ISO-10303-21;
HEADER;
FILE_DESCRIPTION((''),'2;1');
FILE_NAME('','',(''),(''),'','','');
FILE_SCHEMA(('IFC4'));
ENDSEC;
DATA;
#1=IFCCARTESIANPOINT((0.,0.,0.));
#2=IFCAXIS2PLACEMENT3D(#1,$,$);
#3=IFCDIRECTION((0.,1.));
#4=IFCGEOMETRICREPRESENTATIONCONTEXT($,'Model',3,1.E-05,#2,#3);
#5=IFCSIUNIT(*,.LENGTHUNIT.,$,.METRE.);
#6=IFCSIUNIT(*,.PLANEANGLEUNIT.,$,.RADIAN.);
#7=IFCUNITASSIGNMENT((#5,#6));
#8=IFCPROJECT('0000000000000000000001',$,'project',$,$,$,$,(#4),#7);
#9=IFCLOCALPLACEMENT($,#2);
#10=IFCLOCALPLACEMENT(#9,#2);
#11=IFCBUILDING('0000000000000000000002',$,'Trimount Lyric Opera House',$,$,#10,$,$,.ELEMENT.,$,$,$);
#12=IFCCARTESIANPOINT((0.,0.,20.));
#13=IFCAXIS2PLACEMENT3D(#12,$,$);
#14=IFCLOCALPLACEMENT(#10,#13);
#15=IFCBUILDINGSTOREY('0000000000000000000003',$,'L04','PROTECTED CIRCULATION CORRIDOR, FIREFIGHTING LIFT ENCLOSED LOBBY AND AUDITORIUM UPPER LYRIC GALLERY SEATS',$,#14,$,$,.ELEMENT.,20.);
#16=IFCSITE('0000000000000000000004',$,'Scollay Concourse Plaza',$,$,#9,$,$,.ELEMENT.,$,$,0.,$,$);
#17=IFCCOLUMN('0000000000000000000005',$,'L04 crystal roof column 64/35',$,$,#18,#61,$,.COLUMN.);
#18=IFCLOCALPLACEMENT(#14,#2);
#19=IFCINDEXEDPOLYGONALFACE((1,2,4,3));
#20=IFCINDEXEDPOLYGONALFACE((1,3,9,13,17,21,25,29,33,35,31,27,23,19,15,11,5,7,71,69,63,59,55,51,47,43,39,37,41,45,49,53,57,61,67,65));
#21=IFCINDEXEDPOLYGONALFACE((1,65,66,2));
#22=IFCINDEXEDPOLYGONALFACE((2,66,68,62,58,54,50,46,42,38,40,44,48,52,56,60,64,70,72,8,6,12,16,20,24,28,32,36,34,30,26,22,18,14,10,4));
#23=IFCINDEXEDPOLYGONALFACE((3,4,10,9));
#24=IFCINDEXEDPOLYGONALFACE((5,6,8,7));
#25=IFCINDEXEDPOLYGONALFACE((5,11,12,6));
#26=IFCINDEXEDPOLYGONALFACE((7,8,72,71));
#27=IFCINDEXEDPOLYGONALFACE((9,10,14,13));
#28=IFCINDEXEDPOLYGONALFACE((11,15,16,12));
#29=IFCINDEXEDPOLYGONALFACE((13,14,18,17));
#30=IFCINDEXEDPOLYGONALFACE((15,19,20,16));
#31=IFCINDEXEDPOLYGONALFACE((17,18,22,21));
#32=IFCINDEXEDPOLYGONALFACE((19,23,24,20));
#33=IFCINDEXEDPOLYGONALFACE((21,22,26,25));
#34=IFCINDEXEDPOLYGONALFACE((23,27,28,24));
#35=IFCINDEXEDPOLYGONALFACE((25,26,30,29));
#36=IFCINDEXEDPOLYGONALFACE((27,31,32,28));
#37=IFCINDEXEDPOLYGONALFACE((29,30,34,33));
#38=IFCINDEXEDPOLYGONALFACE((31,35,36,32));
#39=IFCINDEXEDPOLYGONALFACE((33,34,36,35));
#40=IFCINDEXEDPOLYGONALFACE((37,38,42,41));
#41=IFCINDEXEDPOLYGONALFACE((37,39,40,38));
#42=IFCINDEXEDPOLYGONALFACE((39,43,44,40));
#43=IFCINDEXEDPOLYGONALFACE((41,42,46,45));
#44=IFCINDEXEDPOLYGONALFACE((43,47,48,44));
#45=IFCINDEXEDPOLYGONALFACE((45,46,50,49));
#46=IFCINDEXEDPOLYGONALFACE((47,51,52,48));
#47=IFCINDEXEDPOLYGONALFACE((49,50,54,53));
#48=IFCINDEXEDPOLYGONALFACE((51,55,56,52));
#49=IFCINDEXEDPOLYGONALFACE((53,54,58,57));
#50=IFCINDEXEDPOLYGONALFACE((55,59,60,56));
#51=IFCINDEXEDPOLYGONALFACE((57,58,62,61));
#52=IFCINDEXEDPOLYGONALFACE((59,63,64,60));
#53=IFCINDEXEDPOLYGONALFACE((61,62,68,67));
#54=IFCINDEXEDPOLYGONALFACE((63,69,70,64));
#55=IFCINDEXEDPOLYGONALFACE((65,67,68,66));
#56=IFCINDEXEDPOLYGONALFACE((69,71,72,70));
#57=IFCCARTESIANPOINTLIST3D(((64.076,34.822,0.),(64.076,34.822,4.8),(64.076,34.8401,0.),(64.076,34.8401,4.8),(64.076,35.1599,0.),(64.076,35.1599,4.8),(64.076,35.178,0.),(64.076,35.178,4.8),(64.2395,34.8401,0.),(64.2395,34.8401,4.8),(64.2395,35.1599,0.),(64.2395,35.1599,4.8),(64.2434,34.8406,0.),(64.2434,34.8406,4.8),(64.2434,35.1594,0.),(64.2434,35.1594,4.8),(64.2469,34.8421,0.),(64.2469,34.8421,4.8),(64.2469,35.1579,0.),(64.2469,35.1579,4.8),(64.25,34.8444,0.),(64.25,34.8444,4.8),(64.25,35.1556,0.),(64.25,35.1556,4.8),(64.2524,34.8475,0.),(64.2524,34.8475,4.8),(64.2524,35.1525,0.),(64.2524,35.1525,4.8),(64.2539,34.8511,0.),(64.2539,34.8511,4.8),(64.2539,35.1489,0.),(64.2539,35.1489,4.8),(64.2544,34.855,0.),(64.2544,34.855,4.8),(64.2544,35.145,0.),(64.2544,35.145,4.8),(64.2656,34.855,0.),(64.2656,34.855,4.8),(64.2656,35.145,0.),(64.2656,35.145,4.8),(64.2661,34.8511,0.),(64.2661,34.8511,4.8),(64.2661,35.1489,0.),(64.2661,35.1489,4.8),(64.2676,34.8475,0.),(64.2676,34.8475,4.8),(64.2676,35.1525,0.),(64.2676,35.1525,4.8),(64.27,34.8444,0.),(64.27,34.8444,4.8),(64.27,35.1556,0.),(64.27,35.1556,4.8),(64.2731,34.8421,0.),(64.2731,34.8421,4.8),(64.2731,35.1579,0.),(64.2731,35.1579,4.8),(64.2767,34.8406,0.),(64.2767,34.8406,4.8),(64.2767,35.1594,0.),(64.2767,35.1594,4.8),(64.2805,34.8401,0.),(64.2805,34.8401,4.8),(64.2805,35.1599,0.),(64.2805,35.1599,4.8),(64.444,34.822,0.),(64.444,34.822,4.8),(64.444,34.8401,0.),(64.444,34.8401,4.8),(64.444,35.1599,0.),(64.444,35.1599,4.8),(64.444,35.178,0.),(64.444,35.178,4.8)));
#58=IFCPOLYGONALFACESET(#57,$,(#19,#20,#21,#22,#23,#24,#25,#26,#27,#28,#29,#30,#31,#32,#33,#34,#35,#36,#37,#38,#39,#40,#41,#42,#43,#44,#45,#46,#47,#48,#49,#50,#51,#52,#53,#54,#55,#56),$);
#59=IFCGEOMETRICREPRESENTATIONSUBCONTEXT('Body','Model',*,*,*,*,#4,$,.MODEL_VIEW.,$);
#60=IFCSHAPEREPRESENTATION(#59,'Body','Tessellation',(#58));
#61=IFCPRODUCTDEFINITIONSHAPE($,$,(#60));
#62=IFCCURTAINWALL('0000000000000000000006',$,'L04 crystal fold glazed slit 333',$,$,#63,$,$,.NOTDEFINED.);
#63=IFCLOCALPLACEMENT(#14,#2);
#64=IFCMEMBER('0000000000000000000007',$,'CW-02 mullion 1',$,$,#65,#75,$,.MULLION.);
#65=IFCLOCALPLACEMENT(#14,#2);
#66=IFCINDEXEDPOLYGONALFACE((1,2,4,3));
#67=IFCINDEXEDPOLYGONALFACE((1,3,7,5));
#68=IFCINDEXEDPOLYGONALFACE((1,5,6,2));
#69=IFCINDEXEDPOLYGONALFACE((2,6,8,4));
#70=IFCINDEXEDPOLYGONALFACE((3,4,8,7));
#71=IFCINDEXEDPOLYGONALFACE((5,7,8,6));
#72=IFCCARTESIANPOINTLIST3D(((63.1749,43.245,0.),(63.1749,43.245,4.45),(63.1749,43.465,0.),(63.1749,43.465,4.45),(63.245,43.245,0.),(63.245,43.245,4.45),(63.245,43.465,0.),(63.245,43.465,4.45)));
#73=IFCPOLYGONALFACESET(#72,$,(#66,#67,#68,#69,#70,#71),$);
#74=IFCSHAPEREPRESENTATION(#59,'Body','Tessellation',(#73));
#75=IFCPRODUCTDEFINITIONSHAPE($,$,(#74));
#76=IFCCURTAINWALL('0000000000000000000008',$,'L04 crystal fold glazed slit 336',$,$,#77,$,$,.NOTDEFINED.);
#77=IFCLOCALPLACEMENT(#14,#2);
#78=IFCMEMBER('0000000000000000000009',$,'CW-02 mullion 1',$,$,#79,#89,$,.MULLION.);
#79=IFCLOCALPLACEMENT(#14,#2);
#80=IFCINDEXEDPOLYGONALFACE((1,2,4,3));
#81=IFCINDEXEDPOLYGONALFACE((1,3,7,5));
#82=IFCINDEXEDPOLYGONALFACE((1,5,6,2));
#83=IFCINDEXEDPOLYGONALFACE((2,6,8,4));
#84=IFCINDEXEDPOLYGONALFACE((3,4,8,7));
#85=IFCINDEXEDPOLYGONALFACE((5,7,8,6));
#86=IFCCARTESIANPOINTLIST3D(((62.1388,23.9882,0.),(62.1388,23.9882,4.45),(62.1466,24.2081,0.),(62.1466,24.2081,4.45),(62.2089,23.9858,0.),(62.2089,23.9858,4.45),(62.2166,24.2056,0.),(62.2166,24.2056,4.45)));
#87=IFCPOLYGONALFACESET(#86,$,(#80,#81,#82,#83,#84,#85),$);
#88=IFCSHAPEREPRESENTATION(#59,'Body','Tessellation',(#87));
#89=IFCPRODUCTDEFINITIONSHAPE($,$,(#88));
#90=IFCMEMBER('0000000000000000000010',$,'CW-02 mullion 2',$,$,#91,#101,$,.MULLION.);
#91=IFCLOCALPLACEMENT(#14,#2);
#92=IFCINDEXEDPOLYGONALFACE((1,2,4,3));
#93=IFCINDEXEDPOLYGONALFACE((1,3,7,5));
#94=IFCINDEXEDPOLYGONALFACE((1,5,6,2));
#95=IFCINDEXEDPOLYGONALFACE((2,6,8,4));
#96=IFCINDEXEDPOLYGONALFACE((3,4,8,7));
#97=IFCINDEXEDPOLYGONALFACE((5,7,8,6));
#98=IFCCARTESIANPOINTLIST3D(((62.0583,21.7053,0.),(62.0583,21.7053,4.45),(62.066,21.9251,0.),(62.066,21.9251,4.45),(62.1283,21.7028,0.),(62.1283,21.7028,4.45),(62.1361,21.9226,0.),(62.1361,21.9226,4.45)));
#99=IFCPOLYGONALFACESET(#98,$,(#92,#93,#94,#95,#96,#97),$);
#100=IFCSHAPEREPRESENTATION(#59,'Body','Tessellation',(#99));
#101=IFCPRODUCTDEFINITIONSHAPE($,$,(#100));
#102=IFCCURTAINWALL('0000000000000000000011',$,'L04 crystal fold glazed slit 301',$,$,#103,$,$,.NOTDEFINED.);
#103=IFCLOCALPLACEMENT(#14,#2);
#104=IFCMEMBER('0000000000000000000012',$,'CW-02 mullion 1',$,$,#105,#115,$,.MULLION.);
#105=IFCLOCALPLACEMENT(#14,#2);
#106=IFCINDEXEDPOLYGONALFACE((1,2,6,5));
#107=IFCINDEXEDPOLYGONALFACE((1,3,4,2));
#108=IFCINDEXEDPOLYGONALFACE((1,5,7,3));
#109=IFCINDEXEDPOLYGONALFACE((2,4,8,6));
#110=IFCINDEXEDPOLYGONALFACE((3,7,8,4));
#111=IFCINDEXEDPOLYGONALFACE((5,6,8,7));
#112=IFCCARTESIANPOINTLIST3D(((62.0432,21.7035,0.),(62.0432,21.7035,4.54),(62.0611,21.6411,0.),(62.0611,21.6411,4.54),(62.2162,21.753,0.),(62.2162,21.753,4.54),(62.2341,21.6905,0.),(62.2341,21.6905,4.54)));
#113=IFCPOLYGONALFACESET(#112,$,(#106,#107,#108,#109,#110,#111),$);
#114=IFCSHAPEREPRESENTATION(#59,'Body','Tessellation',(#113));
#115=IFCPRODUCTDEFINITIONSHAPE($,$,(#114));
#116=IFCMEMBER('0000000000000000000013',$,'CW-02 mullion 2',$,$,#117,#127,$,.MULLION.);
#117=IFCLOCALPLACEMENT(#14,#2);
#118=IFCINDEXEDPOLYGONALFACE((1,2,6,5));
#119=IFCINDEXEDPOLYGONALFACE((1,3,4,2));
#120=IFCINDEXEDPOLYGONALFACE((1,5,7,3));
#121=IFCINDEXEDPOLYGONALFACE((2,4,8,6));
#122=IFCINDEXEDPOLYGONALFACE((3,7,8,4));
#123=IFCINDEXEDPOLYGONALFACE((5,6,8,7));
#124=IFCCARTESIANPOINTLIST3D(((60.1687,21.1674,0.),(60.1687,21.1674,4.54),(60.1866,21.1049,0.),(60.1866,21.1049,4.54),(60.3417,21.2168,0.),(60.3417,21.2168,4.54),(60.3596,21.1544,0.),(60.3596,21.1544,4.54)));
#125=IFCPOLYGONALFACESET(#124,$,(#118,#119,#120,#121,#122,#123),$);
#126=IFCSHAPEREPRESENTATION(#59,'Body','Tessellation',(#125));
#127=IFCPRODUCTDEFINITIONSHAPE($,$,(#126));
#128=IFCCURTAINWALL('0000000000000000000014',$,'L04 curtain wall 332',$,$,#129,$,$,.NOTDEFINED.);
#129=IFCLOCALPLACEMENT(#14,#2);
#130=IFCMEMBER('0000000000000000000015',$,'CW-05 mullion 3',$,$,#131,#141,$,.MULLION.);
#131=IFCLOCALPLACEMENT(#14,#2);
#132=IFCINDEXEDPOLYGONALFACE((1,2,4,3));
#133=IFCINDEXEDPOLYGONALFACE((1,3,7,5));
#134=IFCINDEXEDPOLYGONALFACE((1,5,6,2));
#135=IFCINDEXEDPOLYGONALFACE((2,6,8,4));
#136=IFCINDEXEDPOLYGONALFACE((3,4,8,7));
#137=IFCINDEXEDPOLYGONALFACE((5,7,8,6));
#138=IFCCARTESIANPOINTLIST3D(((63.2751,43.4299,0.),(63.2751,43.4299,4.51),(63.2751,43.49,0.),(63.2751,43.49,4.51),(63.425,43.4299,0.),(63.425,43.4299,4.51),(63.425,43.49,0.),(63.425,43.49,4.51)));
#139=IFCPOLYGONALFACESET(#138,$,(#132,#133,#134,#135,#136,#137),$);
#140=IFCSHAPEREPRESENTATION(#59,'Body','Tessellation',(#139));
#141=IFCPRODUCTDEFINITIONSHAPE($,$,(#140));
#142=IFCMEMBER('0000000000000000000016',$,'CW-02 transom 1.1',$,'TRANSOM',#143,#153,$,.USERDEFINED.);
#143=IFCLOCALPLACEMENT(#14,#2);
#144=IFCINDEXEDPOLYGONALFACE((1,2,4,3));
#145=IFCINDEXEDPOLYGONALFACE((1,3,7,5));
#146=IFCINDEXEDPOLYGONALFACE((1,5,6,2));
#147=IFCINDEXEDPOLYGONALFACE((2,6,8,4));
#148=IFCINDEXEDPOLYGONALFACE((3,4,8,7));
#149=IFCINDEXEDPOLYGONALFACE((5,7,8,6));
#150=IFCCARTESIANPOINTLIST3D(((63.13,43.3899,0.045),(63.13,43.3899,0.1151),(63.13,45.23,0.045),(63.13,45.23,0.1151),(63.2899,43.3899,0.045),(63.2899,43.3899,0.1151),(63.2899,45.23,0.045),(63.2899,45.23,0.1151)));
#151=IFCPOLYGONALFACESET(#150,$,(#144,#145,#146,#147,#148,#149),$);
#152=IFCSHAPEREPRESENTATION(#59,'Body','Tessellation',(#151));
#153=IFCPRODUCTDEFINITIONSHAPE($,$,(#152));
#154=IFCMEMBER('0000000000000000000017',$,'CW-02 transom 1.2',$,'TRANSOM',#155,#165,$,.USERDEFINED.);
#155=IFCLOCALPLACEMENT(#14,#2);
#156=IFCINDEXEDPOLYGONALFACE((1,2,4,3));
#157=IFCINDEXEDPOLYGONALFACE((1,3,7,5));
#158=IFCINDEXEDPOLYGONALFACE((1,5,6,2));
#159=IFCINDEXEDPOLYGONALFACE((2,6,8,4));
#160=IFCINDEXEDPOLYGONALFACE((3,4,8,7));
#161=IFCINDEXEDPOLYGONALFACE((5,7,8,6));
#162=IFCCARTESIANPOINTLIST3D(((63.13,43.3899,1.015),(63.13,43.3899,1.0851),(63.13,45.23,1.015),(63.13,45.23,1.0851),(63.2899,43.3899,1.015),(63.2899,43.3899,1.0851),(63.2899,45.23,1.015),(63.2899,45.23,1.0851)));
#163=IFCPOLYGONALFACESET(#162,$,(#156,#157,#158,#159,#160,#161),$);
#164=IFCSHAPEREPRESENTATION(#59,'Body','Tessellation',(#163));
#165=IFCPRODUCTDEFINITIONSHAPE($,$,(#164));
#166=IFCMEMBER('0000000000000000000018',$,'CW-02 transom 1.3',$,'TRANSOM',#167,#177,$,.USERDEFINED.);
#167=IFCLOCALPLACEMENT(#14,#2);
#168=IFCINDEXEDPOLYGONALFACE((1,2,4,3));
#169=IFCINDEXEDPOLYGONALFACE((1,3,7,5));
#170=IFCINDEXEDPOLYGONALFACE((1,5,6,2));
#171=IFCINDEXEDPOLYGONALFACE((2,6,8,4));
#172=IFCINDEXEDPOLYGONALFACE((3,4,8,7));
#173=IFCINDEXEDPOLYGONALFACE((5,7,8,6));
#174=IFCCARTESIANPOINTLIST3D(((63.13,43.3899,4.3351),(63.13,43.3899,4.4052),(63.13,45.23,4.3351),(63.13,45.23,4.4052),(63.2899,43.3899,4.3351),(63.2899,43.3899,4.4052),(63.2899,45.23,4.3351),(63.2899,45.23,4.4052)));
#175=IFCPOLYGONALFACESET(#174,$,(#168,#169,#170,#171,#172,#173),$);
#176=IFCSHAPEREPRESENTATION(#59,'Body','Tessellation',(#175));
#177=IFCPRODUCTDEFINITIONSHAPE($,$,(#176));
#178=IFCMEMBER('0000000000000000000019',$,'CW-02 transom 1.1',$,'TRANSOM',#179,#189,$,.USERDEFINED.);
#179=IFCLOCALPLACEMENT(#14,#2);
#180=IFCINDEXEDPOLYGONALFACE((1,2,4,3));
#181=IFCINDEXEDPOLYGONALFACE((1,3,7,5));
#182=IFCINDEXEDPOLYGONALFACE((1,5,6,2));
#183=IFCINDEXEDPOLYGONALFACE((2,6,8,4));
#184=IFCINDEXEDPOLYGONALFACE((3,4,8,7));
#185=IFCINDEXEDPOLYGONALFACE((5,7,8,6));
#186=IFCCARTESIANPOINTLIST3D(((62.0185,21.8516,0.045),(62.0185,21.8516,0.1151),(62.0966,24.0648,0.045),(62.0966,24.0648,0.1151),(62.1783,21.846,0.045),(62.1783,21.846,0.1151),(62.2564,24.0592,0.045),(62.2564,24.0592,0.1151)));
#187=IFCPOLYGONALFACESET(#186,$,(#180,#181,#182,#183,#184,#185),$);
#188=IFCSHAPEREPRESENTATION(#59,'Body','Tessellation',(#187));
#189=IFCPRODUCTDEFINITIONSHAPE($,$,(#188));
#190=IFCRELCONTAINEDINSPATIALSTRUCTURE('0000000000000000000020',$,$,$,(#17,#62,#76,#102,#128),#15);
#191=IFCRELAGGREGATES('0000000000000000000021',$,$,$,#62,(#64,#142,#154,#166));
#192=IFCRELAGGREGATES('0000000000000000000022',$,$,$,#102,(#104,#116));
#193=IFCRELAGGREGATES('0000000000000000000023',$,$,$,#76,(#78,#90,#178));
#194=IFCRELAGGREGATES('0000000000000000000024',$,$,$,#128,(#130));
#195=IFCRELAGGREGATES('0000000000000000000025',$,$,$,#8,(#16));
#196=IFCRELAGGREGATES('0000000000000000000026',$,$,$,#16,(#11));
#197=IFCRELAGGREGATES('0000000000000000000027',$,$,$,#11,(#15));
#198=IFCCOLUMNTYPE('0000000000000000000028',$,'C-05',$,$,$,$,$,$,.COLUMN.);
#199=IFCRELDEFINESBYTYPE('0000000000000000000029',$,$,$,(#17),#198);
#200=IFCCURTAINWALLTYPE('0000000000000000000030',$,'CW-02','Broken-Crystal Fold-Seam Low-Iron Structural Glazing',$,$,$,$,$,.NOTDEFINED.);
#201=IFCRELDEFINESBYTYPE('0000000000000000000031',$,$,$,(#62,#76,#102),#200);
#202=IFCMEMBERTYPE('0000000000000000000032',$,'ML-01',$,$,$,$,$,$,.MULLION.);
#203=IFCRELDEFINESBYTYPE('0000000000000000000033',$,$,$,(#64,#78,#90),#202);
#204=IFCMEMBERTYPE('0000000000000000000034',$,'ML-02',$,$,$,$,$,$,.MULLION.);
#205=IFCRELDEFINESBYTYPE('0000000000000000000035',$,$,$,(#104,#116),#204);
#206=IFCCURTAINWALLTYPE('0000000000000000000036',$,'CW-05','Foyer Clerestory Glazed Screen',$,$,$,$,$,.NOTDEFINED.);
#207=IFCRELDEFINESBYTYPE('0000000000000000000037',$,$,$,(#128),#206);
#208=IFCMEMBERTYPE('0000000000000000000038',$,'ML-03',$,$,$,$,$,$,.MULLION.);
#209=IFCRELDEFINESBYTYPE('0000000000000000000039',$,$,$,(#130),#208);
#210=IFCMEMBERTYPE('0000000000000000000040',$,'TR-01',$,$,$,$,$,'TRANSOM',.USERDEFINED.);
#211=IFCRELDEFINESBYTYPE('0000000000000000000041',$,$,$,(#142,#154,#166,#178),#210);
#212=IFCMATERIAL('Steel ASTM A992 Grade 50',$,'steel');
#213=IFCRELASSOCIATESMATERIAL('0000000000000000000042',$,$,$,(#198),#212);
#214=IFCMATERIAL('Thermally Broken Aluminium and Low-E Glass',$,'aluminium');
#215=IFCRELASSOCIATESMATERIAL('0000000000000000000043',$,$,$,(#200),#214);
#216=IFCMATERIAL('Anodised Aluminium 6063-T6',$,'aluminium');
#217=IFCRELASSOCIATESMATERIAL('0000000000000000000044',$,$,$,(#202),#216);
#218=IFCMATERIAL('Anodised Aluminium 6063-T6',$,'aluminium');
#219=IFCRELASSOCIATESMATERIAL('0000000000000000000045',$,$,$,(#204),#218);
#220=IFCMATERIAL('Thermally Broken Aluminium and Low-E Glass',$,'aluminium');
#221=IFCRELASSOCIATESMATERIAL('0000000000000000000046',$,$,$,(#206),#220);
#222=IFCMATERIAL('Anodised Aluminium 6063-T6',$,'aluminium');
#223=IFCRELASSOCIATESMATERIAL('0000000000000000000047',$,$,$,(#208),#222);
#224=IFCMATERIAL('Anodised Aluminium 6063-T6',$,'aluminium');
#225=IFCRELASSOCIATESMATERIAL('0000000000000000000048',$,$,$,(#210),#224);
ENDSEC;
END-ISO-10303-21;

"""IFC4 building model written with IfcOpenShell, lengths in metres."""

from ifc_helpers import new_model, si_unit, direction, frame, origin, origin_2d, place, context, subcontext, project, spatial, rectangle, i_section, extrude, material, material_profile, profile_set, type_object, element, aggregate, save


model = new_model("IFC4")

# Units and contexts
model_context = context("Model", 3, precision=1e-05, world=origin(), true_north=direction((0.0, 1.0)))
body_context = subcontext(model_context, "Body", "Model", "MODEL_VIEW")
ifc_project = project(units=[si_unit("LENGTHUNIT", "METRE"), si_unit("PLANEANGLEUNIT", "RADIAN")], contexts=[model_context])

# Site, building, storey
site_placement = place(None, origin())
site = spatial("IfcSite", under=ifc_project, at=site_placement, Name="Scollay Concourse Plaza", CompositionType="ELEMENT", RefElevation=0.0)
building_placement = place(site_placement, origin())
building = spatial("IfcBuilding", under=site, at=building_placement, Name="Trimount Lyric Opera House", CompositionType="ELEMENT")
storey_placement = place(building_placement, frame((0.0, 0.0, 20.0)))
storey = spatial("IfcBuildingStorey", under=building, at=storey_placement, Name="L04", Description="PROTECTED CIRCULATION CORRIDOR, FIREFIGHTING LIFT ENCLOSED LOBBY AND AUDITORIUM UPPER LYRIC GALLERY SEATS", CompositionType="ELEMENT", Elevation=20.0)

# Column
ifc_material_1 = material(Name="Steel ASTM A992 Grade 50", Category="steel")
ifc_material_profile_1 = material_profile(ifc_material_1, i_section(OverallWidth=0.3679, OverallDepth=0.356, WebThickness=0.0112, FlangeThickness=0.0181, FilletRadius=0.0149, at=origin_2d()), Name="W14X90")
ifc_profile_set_1 = profile_set([ifc_material_profile_1], Name="Steel ASTM A992 Grade 50")
column_type = type_object("IfcColumnType", Name="C-05", PredefinedType="COLUMN", material=ifc_profile_set_1)
column_placement = place(storey_placement, frame((64.26, 35.0, 0.0), z_axis=(0.0, 0.0, 1.0), x_axis=(1.0, 0.0, 0.0)))
element("IfcColumn", 1, at=column_placement, inside=storey, type_object=column_type, Name="L04 crystal roof column 64/35", PredefinedType="COLUMN", context=body_context, shape_type="SweptSolid", body=[
    extrude(i_section(OverallWidth=0.3679, OverallDepth=0.356, WebThickness=0.0112, FlangeThickness=0.0181, FilletRadius=0.0149, at=origin_2d()), origin(), (0.0, 0.0, 1.0), 4.8),
])

# Curtain wall, member
ifc_material_2 = material(Name="Thermally Broken Aluminium and Low-E Glass", Category="aluminium")
curtain_wall_type_1 = type_object("IfcCurtainWallType", Name="CW-02", Description="Broken-Crystal Fold-Seam Low-Iron Structural Glazing", PredefinedType="NOTDEFINED", material=ifc_material_2)
curtain_wall_1_placement = place(storey_placement, origin())
curtain_wall_1 = element("IfcCurtainWall", 2, at=curtain_wall_1_placement, inside=storey, type_object=curtain_wall_type_1, Name="L04 crystal fold glazed slit 333", PredefinedType="NOTDEFINED")
ifc_material_3 = material(Name="Anodised Aluminium 6063-T6", Category="aluminium")
ifc_material_profile_2 = material_profile(ifc_material_3, rectangle(XDim=0.0701, YDim=0.22, at=origin_2d()), Name="ALU-MULL-70X220")
ifc_profile_set_2 = profile_set([ifc_material_profile_2], Name="Anodised Aluminium 6063-T6")
member_type_1 = type_object("IfcMemberType", Name="ML-01", PredefinedType="MULLION", material=ifc_profile_set_2)
member_1_placement = place(storey_placement, frame((63.21, 43.355, 0.0), z_axis=(0.0, 0.0, 1.0), x_axis=(-1.0, 0.0, 0.0)))
member_1 = element("IfcMember", 3, at=member_1_placement, type_object=member_type_1, Name="CW-02 mullion 1", PredefinedType="MULLION", context=body_context, shape_type="SweptSolid", body=[
    extrude(rectangle(XDim=0.0701, YDim=0.22, at=origin_2d()), origin(), (0.0, 0.0, 1.0), 4.45),
])

# Curtain walls, members
curtain_wall_2_placement = place(storey_placement, origin())
curtain_wall_2 = element("IfcCurtainWall", 4, at=curtain_wall_2_placement, inside=storey, type_object=curtain_wall_type_1, Name="L04 crystal fold glazed slit 336", PredefinedType="NOTDEFINED")
member_2_placement = place(storey_placement, frame((62.1777, 24.0969, 0.0), z_axis=(0.0, 0.0, 1.0), x_axis=(0.999378, -0.035252, 0.0)))
member_2 = element("IfcMember", 5, at=member_2_placement, type_object=member_type_1, Name="CW-02 mullion 1", PredefinedType="MULLION", context=body_context, shape_type="SweptSolid", body=[
    extrude(rectangle(XDim=0.0701, YDim=0.22, at=origin_2d()), origin(), (0.0, 0.0, 1.0), 4.45),
])
member_3_placement = place(storey_placement, frame((62.0972, 21.814, 0.0), z_axis=(0.0, 0.0, 1.0), x_axis=(0.999378, -0.035252, 0.0)))
member_3 = element("IfcMember", 6, at=member_3_placement, type_object=member_type_1, Name="CW-02 mullion 2", PredefinedType="MULLION", context=body_context, shape_type="SweptSolid", body=[
    extrude(rectangle(XDim=0.0701, YDim=0.22, at=origin_2d()), origin(), (0.0, 0.0, 1.0), 4.45),
])
curtain_wall_3_placement = place(storey_placement, origin())
curtain_wall_3 = element("IfcCurtainWall", 7, at=curtain_wall_3_placement, inside=storey, type_object=curtain_wall_type_1, Name="L04 crystal fold glazed slit 301", PredefinedType="NOTDEFINED")
ifc_material_4 = material(Name="Anodised Aluminium 6063-T6", Category="aluminium")
ifc_material_profile_3 = material_profile(ifc_material_4, rectangle(XDim=0.0649, YDim=0.1799, at=origin_2d()), Name="ALU-MULL-65X180")
ifc_profile_set_3 = profile_set([ifc_material_profile_3], Name="Anodised Aluminium 6063-T6")
member_type_2 = type_object("IfcMemberType", Name="ML-02", PredefinedType="MULLION", material=ifc_profile_set_3)
member_4_placement = place(storey_placement, frame((62.1387, 21.697, 0.0), z_axis=(0.0, 0.0, 1.0), x_axis=(0.274983, -0.961449, 0.0)))
member_4 = element("IfcMember", 8, at=member_4_placement, type_object=member_type_2, Name="CW-02 mullion 1", PredefinedType="MULLION", context=body_context, shape_type="SweptSolid", body=[
    extrude(rectangle(XDim=0.0649, YDim=0.1799, at=origin_2d()), origin(), (0.0, 0.0, 1.0), 4.54),
])
member_5_placement = place(storey_placement, frame((60.2642, 21.1609, 0.0), z_axis=(0.0, 0.0, 1.0), x_axis=(0.274983, -0.961449, 0.0)))
member_5 = element("IfcMember", 9, at=member_5_placement, type_object=member_type_2, Name="CW-02 mullion 2", PredefinedType="MULLION", context=body_context, shape_type="SweptSolid", body=[
    extrude(rectangle(XDim=0.0649, YDim=0.1799, at=origin_2d()), origin(), (0.0, 0.0, 1.0), 4.54),
])

# Curtain wall, member
ifc_material_5 = material(Name="Thermally Broken Aluminium and Low-E Glass", Category="aluminium")
curtain_wall_type_2 = type_object("IfcCurtainWallType", Name="CW-05", Description="Foyer Clerestory Glazed Screen", PredefinedType="NOTDEFINED", material=ifc_material_5)
curtain_wall_4_placement = place(storey_placement, origin())
curtain_wall_4 = element("IfcCurtainWall", 10, at=curtain_wall_4_placement, inside=storey, type_object=curtain_wall_type_2, Name="L04 curtain wall 332", PredefinedType="NOTDEFINED")
ifc_material_6 = material(Name="Anodised Aluminium 6063-T6", Category="aluminium")
ifc_material_profile_4 = material_profile(ifc_material_6, rectangle(XDim=0.0601, YDim=0.1499, at=origin_2d()), Name="ALU-MULL-60X150")
ifc_profile_set_4 = profile_set([ifc_material_profile_4], Name="Anodised Aluminium 6063-T6")
member_type_3 = type_object("IfcMemberType", Name="ML-03", PredefinedType="MULLION", material=ifc_profile_set_4)
member_6_placement = place(storey_placement, frame((63.3501, 43.46, 0.0), z_axis=(0.0, 0.0, 1.0), x_axis=(0.0, -1.0, 0.0)))
member_6 = element("IfcMember", 11, at=member_6_placement, type_object=member_type_3, Name="CW-05 mullion 3", PredefinedType="MULLION", context=body_context, shape_type="SweptSolid", body=[
    extrude(rectangle(XDim=0.0601, YDim=0.1499, at=origin_2d()), origin(), (0.0, 0.0, 1.0), 4.51),
])

# Members
ifc_material_7 = material(Name="Anodised Aluminium 6063-T6", Category="aluminium")
ifc_material_profile_5 = material_profile(ifc_material_7, rectangle(XDim=0.1599, YDim=0.0701, at=origin_2d()), Name="ALU-TRAN-70X160")
ifc_profile_set_5 = profile_set([ifc_material_profile_5], Name="Anodised Aluminium 6063-T6")
member_type_4 = type_object("IfcMemberType", Name="TR-01", ElementType="TRANSOM", PredefinedType="USERDEFINED", material=ifc_profile_set_5)
member_7_placement = place(storey_placement, frame((63.21, 43.3899, 0.0801), z_axis=(0.0, 1.0, 0.0), x_axis=(-1.0, 0.0, 0.0)))
member_7 = element("IfcMember", 12, at=member_7_placement, type_object=member_type_4, Name="CW-02 transom 1.1", ObjectType="TRANSOM", PredefinedType="USERDEFINED", context=body_context, shape_type="SweptSolid", body=[
    extrude(rectangle(XDim=0.1599, YDim=0.0701, at=origin_2d()), origin(), (0.0, 0.0, 1.0), 1.8401),
])
member_8_placement = place(storey_placement, frame((63.21, 43.3899, 1.05), z_axis=(0.0, 1.0, 0.0), x_axis=(-1.0, 0.0, 0.0)))
member_8 = element("IfcMember", 13, at=member_8_placement, type_object=member_type_4, Name="CW-02 transom 1.2", ObjectType="TRANSOM", PredefinedType="USERDEFINED", context=body_context, shape_type="SweptSolid", body=[
    extrude(rectangle(XDim=0.1599, YDim=0.0701, at=origin_2d()), origin(), (0.0, 0.0, 1.0), 1.8401),
])
member_9_placement = place(storey_placement, frame((63.21, 43.3899, 4.3701), z_axis=(0.0, 1.0, 0.0), x_axis=(-1.0, 0.0, 0.0)))
member_9 = element("IfcMember", 14, at=member_9_placement, type_object=member_type_4, Name="CW-02 transom 1.3", ObjectType="TRANSOM", PredefinedType="USERDEFINED", context=body_context, shape_type="SweptSolid", body=[
    extrude(rectangle(XDim=0.1599, YDim=0.0701, at=origin_2d()), origin(), (0.0, 0.0, 1.0), 1.8401),
])
aggregate(curtain_wall_1, [member_1, member_7, member_8, member_9])
member_10_placement = place(storey_placement, frame((62.1765, 24.062, 0.0801), z_axis=(-0.035279, -0.999378, 0.0), x_axis=(0.999378, -0.035279, 0.0)))
member_10 = element("IfcMember", 15, at=member_10_placement, type_object=member_type_4, Name="CW-02 transom 1.1", ObjectType="TRANSOM", PredefinedType="USERDEFINED", context=body_context, shape_type="SweptSolid", body=[
    extrude(rectangle(XDim=0.1599, YDim=0.0701, at=origin_2d()), origin(), (0.0, 0.0, 1.0), 2.2146),
])

aggregate(curtain_wall_3, [member_4, member_5])
aggregate(curtain_wall_2, [member_2, member_3, member_10])
aggregate(curtain_wall_4, [member_6])

save(model, "model.ifc")
